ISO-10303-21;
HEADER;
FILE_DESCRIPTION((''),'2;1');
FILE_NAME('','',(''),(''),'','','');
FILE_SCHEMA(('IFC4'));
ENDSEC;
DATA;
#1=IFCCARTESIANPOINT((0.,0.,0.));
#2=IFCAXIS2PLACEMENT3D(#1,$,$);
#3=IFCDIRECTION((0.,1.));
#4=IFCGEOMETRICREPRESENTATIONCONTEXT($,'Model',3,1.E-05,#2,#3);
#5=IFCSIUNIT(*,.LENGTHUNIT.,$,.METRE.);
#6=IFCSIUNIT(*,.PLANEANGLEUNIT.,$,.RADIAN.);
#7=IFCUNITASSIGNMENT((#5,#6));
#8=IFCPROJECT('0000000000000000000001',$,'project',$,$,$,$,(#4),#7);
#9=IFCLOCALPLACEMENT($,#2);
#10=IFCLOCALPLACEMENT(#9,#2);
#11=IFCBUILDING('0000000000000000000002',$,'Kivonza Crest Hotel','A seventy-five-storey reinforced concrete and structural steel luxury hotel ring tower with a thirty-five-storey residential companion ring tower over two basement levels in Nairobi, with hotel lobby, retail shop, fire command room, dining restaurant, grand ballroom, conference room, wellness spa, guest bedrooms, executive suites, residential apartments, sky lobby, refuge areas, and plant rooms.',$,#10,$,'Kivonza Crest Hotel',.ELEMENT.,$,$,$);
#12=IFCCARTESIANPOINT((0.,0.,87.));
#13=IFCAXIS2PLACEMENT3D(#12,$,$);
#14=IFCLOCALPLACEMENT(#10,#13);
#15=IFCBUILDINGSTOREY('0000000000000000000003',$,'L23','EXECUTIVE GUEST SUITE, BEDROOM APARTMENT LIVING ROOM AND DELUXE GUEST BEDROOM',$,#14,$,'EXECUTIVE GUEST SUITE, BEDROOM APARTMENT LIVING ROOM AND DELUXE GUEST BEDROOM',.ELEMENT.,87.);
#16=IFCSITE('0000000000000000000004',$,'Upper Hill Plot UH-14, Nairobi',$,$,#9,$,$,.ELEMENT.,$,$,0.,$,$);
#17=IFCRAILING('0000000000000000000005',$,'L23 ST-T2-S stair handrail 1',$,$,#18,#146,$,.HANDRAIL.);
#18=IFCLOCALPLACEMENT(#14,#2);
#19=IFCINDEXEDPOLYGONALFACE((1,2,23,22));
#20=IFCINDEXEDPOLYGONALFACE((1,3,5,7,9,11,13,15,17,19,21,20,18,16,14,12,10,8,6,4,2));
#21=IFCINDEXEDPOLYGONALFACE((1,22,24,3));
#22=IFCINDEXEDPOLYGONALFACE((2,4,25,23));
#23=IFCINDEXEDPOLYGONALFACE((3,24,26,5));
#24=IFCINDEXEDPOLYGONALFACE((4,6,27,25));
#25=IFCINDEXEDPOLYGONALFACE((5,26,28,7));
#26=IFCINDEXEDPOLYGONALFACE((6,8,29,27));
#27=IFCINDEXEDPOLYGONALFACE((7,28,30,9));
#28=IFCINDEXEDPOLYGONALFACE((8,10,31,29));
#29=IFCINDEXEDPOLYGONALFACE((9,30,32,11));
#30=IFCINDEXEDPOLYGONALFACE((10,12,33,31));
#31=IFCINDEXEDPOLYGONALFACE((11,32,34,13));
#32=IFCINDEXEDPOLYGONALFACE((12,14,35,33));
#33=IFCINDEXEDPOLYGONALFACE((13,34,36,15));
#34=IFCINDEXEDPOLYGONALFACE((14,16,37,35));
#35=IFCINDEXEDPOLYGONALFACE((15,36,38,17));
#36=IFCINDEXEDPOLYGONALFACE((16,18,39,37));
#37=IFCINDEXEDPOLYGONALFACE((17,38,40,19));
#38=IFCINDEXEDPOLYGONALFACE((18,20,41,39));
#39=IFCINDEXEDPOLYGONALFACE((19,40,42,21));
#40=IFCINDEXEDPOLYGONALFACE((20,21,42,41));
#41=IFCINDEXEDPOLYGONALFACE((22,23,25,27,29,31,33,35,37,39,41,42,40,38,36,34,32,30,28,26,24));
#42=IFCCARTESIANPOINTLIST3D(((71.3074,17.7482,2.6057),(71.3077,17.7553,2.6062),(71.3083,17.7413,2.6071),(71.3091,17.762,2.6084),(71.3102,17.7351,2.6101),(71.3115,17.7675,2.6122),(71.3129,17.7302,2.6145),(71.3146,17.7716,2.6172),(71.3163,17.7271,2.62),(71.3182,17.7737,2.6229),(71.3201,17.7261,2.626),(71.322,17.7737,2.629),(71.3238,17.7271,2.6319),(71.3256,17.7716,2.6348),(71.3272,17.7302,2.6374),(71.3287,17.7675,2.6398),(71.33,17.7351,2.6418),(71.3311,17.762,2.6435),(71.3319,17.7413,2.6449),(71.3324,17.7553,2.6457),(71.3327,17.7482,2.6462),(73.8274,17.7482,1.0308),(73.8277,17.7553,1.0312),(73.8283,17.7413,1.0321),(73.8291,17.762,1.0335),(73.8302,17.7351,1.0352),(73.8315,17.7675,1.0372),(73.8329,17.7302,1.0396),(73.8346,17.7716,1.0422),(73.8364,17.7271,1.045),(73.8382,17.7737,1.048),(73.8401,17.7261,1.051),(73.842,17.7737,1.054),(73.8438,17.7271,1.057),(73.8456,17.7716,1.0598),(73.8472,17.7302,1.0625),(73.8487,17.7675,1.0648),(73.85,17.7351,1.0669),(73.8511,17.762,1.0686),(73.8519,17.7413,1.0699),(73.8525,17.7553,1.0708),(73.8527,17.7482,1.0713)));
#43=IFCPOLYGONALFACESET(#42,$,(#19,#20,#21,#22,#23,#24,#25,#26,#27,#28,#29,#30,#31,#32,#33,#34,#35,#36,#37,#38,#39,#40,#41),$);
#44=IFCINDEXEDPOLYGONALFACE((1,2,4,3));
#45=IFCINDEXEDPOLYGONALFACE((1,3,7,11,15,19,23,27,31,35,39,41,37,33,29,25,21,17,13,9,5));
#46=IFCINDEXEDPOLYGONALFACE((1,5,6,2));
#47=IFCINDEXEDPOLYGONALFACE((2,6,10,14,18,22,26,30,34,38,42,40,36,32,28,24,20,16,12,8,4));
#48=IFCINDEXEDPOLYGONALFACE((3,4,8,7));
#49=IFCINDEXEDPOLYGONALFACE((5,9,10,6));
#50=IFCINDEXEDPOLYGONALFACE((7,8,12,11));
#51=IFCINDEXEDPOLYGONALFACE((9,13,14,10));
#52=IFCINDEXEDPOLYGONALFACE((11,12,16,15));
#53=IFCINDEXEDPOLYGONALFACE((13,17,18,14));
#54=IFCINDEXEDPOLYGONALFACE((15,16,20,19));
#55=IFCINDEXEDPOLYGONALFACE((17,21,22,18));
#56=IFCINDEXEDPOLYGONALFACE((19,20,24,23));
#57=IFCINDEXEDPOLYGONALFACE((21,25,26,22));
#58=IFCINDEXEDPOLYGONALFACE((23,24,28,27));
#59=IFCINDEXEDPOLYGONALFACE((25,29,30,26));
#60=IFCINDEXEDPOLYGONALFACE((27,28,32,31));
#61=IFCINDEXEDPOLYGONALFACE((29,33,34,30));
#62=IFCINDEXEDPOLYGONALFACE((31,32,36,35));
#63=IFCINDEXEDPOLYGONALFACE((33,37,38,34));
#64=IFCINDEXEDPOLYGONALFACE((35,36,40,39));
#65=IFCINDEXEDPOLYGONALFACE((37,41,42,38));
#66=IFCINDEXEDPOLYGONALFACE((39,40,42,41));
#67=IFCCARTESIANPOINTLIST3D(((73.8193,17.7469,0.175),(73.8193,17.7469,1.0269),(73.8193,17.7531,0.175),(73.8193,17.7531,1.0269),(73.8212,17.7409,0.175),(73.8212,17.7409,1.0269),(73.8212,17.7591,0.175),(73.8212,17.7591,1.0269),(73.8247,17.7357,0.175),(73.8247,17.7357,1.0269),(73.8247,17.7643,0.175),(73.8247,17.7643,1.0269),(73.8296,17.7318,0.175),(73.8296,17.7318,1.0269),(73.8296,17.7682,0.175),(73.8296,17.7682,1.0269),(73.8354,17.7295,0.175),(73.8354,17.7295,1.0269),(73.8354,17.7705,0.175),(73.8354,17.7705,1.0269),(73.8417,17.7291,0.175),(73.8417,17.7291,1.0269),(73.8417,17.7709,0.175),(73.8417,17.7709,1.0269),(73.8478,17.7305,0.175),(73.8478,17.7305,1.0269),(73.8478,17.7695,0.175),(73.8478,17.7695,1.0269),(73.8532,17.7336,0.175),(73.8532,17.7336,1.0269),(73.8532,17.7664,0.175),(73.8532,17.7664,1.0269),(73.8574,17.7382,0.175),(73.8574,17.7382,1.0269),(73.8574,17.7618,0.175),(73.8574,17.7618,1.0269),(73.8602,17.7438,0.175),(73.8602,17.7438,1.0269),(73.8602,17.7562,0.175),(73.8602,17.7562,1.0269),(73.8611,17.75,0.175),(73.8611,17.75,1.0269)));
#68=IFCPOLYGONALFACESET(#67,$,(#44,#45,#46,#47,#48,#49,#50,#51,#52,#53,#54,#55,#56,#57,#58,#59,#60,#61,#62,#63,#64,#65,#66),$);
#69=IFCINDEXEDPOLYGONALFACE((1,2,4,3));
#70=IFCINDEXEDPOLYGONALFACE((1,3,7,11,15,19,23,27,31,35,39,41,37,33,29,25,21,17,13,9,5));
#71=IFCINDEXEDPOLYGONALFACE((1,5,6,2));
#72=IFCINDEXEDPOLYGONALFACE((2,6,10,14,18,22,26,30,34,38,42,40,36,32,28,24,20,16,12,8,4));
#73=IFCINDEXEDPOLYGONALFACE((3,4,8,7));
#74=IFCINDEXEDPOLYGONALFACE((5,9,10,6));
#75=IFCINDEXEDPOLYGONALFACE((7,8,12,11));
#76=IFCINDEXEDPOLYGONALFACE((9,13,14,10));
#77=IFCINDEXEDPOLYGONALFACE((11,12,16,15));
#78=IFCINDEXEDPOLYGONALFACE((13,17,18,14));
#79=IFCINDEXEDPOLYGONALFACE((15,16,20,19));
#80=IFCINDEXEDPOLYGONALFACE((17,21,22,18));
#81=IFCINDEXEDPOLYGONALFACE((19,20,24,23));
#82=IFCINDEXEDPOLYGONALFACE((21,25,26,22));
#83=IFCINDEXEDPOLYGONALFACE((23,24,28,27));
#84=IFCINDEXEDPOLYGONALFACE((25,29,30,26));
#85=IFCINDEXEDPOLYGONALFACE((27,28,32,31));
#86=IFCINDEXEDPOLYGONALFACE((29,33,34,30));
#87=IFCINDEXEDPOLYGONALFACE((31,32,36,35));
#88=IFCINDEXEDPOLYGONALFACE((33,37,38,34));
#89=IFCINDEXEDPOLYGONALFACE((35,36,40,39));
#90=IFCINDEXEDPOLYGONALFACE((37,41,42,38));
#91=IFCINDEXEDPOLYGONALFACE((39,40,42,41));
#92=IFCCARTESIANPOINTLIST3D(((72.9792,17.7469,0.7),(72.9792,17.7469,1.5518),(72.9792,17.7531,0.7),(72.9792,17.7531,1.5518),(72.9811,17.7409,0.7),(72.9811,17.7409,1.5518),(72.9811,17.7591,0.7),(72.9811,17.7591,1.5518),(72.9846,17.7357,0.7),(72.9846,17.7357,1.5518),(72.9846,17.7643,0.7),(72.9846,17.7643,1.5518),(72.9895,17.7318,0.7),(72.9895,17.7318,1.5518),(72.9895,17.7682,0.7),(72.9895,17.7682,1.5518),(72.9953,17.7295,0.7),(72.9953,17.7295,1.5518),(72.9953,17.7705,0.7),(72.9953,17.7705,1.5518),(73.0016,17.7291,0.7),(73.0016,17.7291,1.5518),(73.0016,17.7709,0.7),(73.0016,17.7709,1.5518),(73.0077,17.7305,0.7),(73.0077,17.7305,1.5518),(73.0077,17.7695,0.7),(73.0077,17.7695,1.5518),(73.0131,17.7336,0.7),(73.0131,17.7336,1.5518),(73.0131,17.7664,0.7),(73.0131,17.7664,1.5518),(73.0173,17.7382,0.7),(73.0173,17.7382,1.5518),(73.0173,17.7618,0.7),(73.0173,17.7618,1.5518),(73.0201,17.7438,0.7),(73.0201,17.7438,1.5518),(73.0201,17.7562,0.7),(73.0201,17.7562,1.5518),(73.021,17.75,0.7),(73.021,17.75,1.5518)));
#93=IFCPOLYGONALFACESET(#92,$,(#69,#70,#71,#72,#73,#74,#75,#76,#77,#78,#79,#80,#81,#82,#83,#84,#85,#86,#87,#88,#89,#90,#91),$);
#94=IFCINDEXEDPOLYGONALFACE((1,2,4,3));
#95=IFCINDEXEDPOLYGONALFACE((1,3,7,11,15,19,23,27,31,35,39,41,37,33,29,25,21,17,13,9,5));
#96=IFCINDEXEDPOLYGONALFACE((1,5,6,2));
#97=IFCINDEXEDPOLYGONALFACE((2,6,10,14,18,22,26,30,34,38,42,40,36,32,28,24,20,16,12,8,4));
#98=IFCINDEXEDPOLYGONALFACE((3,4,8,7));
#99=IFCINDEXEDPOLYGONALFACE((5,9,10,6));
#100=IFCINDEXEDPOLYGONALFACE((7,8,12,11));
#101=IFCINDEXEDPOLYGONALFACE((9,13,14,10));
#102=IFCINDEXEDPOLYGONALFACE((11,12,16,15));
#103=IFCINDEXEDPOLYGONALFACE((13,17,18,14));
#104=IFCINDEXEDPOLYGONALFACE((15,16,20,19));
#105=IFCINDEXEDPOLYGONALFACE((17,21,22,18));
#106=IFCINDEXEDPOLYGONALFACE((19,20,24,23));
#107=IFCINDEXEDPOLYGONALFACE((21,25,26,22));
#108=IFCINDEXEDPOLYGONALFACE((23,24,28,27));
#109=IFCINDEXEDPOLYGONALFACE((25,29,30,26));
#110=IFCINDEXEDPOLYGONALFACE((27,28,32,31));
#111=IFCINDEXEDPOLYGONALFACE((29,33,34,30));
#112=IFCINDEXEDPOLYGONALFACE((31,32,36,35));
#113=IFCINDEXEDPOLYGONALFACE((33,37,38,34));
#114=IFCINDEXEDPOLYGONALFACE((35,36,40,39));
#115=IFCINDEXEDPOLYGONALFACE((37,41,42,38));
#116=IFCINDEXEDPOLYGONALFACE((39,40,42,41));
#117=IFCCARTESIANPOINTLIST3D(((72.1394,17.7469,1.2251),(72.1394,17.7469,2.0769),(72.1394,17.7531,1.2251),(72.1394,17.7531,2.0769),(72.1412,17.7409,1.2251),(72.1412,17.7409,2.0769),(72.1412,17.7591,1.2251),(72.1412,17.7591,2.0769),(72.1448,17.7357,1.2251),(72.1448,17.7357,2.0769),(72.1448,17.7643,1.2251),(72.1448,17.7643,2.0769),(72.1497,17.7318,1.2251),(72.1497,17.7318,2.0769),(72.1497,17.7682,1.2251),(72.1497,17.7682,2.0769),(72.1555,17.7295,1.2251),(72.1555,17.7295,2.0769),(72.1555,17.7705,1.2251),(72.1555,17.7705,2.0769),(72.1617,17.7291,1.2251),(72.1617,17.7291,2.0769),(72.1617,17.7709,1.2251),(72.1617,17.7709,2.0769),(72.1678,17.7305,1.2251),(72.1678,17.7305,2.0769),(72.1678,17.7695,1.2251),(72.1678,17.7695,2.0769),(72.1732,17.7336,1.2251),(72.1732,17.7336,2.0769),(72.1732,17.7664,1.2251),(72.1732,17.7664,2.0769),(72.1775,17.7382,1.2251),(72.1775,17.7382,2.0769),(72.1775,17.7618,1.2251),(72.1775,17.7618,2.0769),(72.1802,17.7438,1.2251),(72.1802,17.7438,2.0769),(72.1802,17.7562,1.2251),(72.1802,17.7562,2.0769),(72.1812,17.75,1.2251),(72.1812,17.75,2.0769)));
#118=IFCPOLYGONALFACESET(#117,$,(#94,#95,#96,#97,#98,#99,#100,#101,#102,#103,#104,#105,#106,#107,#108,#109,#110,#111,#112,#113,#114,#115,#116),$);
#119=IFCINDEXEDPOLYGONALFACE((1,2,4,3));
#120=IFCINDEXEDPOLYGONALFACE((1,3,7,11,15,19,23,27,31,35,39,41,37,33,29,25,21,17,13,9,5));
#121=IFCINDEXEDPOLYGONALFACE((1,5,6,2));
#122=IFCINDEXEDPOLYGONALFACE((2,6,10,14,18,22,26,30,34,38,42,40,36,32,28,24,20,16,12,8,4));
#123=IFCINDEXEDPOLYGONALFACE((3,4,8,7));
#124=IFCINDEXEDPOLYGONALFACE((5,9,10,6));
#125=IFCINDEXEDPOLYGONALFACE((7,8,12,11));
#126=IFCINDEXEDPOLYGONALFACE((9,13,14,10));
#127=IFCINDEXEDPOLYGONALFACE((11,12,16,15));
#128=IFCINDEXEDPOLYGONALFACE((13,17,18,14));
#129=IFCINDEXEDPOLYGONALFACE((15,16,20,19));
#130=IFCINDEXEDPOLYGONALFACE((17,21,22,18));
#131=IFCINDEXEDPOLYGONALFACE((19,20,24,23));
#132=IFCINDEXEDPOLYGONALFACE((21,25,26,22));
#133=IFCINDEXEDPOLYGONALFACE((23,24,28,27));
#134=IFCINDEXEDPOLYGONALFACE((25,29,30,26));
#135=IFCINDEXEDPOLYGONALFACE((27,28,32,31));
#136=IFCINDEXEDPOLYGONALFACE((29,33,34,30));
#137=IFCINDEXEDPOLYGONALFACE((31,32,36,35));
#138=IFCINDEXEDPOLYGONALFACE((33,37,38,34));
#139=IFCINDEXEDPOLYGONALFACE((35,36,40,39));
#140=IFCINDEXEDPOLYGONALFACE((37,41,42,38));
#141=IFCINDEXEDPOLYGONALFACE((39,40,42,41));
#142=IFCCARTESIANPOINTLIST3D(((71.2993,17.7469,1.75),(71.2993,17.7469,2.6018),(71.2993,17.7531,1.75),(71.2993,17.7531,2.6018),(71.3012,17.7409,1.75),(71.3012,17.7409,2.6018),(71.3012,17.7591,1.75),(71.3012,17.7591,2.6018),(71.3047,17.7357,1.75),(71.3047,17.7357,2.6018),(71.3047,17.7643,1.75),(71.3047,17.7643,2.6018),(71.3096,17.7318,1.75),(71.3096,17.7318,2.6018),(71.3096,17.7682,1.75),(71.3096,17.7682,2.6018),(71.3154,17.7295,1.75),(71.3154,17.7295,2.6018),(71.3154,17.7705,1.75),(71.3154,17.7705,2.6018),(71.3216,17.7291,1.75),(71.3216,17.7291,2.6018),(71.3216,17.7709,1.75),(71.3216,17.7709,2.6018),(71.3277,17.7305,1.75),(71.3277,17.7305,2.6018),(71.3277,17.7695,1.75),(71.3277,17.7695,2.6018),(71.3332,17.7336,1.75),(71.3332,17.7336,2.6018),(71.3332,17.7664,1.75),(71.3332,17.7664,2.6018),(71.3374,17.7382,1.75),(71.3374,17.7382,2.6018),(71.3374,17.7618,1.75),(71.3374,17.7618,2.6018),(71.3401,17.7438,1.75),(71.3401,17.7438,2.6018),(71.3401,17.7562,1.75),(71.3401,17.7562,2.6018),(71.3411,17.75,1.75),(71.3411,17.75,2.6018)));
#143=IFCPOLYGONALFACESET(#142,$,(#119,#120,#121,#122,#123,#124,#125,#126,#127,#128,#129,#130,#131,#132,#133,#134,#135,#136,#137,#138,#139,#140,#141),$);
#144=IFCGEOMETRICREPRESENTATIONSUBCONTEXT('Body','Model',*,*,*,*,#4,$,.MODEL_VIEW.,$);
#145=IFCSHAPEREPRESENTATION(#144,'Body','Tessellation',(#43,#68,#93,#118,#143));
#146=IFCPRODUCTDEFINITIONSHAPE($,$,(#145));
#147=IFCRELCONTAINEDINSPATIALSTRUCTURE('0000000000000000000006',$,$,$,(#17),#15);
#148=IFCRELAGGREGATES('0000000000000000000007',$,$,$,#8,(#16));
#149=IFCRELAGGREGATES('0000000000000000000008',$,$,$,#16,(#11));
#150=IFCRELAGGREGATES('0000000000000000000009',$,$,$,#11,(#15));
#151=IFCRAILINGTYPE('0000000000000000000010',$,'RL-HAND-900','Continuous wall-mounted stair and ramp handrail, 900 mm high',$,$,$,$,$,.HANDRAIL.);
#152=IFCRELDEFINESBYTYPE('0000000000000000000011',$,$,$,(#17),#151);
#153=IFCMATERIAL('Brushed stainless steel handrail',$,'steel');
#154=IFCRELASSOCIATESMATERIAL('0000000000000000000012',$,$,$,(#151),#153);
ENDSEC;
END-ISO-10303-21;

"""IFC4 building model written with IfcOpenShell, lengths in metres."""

from ifc_helpers import new_model, si_unit, direction, frame, origin, origin_2d, place, context, subcontext, project, spatial, circle, extrude, material, type_object, element, save


model = new_model("IFC4")

# Units and contexts
model_context = context("Model", 3, precision=1e-05, world=origin(), true_north=direction((0.0, 1.0)))
body_context = subcontext(model_context, "Body", "Model", "MODEL_VIEW")
ifc_project = project(units=[si_unit("LENGTHUNIT", "METRE"), si_unit("PLANEANGLEUNIT", "RADIAN")], contexts=[model_context])

# Site, building, storey
site_placement = place(None, origin())
site = spatial("IfcSite", under=ifc_project, at=site_placement, Name="Upper Hill Plot UH-14, Nairobi", CompositionType="ELEMENT", RefElevation=0.0)
building_placement = place(site_placement, origin())
building = spatial("IfcBuilding", under=site, at=building_placement, Name="Kivonza Crest Hotel", Description="A seventy-five-storey reinforced concrete and structural steel luxury hotel ring tower with a thirty-five-storey residential companion ring tower over two basement levels in Nairobi, with hotel lobby, retail shop, fire command room, dining restaurant, grand ballroom, conference room, wellness spa, guest bedrooms, executive suites, residential apartments, sky lobby, refuge areas, and plant rooms.", LongName="Kivonza Crest Hotel", CompositionType="ELEMENT")
storey_placement = place(building_placement, frame((0.0, 0.0, 87.0)))
storey = spatial("IfcBuildingStorey", under=building, at=storey_placement, Name="L23", Description="EXECUTIVE GUEST SUITE, BEDROOM APARTMENT LIVING ROOM AND DELUXE GUEST BEDROOM", LongName="EXECUTIVE GUEST SUITE, BEDROOM APARTMENT LIVING ROOM AND DELUXE GUEST BEDROOM", CompositionType="ELEMENT", Elevation=87.0)

# Railing
ifc_material_1 = material(Name="Brushed stainless steel handrail", Category="steel")
railing_type_1 = type_object("IfcRailingType", Name="RL-HAND-900", Description="Continuous wall-mounted stair and ramp handrail, 900 mm high", PredefinedType="HANDRAIL", material=ifc_material_1)
railing_1_placement = place(storey_placement, frame((73.8401, 17.75, 0.175)))
element("IfcRailing", 1, at=railing_1_placement, inside=storey, type_object=railing_type_1, Name="L23 ST-T2-S stair handrail 1", PredefinedType="HANDRAIL", context=body_context, shape_type="SweptSolid", body=[
    extrude(circle(Radius=0.0239, at=origin_2d()), frame((0.0, 0.0, 0.876), z_axis=(-0.848008, 0.0, 0.529984), x_axis=(0.0, -1.0, 0.0)), (0.0, 0.0, 1.0), 2.9717),
    extrude(circle(Radius=0.021, at=origin_2d()), origin(), (0.0, 0.0, 1.0), 0.8518),
    extrude(circle(Radius=0.021, at=origin_2d()), frame((-0.8401, 0.0, 0.5249)), (0.0, 0.0, 1.0), 0.8518),
    extrude(circle(Radius=0.021, at=origin_2d()), frame((-1.6799, 0.0, 1.05)), (0.0, 0.0, 1.0), 0.8518),
    extrude(circle(Radius=0.021, at=origin_2d()), frame((-2.52, 0.0, 1.575)), (0.0, 0.0, 1.0), 0.8518),
])

save(model, "model.ifc")
